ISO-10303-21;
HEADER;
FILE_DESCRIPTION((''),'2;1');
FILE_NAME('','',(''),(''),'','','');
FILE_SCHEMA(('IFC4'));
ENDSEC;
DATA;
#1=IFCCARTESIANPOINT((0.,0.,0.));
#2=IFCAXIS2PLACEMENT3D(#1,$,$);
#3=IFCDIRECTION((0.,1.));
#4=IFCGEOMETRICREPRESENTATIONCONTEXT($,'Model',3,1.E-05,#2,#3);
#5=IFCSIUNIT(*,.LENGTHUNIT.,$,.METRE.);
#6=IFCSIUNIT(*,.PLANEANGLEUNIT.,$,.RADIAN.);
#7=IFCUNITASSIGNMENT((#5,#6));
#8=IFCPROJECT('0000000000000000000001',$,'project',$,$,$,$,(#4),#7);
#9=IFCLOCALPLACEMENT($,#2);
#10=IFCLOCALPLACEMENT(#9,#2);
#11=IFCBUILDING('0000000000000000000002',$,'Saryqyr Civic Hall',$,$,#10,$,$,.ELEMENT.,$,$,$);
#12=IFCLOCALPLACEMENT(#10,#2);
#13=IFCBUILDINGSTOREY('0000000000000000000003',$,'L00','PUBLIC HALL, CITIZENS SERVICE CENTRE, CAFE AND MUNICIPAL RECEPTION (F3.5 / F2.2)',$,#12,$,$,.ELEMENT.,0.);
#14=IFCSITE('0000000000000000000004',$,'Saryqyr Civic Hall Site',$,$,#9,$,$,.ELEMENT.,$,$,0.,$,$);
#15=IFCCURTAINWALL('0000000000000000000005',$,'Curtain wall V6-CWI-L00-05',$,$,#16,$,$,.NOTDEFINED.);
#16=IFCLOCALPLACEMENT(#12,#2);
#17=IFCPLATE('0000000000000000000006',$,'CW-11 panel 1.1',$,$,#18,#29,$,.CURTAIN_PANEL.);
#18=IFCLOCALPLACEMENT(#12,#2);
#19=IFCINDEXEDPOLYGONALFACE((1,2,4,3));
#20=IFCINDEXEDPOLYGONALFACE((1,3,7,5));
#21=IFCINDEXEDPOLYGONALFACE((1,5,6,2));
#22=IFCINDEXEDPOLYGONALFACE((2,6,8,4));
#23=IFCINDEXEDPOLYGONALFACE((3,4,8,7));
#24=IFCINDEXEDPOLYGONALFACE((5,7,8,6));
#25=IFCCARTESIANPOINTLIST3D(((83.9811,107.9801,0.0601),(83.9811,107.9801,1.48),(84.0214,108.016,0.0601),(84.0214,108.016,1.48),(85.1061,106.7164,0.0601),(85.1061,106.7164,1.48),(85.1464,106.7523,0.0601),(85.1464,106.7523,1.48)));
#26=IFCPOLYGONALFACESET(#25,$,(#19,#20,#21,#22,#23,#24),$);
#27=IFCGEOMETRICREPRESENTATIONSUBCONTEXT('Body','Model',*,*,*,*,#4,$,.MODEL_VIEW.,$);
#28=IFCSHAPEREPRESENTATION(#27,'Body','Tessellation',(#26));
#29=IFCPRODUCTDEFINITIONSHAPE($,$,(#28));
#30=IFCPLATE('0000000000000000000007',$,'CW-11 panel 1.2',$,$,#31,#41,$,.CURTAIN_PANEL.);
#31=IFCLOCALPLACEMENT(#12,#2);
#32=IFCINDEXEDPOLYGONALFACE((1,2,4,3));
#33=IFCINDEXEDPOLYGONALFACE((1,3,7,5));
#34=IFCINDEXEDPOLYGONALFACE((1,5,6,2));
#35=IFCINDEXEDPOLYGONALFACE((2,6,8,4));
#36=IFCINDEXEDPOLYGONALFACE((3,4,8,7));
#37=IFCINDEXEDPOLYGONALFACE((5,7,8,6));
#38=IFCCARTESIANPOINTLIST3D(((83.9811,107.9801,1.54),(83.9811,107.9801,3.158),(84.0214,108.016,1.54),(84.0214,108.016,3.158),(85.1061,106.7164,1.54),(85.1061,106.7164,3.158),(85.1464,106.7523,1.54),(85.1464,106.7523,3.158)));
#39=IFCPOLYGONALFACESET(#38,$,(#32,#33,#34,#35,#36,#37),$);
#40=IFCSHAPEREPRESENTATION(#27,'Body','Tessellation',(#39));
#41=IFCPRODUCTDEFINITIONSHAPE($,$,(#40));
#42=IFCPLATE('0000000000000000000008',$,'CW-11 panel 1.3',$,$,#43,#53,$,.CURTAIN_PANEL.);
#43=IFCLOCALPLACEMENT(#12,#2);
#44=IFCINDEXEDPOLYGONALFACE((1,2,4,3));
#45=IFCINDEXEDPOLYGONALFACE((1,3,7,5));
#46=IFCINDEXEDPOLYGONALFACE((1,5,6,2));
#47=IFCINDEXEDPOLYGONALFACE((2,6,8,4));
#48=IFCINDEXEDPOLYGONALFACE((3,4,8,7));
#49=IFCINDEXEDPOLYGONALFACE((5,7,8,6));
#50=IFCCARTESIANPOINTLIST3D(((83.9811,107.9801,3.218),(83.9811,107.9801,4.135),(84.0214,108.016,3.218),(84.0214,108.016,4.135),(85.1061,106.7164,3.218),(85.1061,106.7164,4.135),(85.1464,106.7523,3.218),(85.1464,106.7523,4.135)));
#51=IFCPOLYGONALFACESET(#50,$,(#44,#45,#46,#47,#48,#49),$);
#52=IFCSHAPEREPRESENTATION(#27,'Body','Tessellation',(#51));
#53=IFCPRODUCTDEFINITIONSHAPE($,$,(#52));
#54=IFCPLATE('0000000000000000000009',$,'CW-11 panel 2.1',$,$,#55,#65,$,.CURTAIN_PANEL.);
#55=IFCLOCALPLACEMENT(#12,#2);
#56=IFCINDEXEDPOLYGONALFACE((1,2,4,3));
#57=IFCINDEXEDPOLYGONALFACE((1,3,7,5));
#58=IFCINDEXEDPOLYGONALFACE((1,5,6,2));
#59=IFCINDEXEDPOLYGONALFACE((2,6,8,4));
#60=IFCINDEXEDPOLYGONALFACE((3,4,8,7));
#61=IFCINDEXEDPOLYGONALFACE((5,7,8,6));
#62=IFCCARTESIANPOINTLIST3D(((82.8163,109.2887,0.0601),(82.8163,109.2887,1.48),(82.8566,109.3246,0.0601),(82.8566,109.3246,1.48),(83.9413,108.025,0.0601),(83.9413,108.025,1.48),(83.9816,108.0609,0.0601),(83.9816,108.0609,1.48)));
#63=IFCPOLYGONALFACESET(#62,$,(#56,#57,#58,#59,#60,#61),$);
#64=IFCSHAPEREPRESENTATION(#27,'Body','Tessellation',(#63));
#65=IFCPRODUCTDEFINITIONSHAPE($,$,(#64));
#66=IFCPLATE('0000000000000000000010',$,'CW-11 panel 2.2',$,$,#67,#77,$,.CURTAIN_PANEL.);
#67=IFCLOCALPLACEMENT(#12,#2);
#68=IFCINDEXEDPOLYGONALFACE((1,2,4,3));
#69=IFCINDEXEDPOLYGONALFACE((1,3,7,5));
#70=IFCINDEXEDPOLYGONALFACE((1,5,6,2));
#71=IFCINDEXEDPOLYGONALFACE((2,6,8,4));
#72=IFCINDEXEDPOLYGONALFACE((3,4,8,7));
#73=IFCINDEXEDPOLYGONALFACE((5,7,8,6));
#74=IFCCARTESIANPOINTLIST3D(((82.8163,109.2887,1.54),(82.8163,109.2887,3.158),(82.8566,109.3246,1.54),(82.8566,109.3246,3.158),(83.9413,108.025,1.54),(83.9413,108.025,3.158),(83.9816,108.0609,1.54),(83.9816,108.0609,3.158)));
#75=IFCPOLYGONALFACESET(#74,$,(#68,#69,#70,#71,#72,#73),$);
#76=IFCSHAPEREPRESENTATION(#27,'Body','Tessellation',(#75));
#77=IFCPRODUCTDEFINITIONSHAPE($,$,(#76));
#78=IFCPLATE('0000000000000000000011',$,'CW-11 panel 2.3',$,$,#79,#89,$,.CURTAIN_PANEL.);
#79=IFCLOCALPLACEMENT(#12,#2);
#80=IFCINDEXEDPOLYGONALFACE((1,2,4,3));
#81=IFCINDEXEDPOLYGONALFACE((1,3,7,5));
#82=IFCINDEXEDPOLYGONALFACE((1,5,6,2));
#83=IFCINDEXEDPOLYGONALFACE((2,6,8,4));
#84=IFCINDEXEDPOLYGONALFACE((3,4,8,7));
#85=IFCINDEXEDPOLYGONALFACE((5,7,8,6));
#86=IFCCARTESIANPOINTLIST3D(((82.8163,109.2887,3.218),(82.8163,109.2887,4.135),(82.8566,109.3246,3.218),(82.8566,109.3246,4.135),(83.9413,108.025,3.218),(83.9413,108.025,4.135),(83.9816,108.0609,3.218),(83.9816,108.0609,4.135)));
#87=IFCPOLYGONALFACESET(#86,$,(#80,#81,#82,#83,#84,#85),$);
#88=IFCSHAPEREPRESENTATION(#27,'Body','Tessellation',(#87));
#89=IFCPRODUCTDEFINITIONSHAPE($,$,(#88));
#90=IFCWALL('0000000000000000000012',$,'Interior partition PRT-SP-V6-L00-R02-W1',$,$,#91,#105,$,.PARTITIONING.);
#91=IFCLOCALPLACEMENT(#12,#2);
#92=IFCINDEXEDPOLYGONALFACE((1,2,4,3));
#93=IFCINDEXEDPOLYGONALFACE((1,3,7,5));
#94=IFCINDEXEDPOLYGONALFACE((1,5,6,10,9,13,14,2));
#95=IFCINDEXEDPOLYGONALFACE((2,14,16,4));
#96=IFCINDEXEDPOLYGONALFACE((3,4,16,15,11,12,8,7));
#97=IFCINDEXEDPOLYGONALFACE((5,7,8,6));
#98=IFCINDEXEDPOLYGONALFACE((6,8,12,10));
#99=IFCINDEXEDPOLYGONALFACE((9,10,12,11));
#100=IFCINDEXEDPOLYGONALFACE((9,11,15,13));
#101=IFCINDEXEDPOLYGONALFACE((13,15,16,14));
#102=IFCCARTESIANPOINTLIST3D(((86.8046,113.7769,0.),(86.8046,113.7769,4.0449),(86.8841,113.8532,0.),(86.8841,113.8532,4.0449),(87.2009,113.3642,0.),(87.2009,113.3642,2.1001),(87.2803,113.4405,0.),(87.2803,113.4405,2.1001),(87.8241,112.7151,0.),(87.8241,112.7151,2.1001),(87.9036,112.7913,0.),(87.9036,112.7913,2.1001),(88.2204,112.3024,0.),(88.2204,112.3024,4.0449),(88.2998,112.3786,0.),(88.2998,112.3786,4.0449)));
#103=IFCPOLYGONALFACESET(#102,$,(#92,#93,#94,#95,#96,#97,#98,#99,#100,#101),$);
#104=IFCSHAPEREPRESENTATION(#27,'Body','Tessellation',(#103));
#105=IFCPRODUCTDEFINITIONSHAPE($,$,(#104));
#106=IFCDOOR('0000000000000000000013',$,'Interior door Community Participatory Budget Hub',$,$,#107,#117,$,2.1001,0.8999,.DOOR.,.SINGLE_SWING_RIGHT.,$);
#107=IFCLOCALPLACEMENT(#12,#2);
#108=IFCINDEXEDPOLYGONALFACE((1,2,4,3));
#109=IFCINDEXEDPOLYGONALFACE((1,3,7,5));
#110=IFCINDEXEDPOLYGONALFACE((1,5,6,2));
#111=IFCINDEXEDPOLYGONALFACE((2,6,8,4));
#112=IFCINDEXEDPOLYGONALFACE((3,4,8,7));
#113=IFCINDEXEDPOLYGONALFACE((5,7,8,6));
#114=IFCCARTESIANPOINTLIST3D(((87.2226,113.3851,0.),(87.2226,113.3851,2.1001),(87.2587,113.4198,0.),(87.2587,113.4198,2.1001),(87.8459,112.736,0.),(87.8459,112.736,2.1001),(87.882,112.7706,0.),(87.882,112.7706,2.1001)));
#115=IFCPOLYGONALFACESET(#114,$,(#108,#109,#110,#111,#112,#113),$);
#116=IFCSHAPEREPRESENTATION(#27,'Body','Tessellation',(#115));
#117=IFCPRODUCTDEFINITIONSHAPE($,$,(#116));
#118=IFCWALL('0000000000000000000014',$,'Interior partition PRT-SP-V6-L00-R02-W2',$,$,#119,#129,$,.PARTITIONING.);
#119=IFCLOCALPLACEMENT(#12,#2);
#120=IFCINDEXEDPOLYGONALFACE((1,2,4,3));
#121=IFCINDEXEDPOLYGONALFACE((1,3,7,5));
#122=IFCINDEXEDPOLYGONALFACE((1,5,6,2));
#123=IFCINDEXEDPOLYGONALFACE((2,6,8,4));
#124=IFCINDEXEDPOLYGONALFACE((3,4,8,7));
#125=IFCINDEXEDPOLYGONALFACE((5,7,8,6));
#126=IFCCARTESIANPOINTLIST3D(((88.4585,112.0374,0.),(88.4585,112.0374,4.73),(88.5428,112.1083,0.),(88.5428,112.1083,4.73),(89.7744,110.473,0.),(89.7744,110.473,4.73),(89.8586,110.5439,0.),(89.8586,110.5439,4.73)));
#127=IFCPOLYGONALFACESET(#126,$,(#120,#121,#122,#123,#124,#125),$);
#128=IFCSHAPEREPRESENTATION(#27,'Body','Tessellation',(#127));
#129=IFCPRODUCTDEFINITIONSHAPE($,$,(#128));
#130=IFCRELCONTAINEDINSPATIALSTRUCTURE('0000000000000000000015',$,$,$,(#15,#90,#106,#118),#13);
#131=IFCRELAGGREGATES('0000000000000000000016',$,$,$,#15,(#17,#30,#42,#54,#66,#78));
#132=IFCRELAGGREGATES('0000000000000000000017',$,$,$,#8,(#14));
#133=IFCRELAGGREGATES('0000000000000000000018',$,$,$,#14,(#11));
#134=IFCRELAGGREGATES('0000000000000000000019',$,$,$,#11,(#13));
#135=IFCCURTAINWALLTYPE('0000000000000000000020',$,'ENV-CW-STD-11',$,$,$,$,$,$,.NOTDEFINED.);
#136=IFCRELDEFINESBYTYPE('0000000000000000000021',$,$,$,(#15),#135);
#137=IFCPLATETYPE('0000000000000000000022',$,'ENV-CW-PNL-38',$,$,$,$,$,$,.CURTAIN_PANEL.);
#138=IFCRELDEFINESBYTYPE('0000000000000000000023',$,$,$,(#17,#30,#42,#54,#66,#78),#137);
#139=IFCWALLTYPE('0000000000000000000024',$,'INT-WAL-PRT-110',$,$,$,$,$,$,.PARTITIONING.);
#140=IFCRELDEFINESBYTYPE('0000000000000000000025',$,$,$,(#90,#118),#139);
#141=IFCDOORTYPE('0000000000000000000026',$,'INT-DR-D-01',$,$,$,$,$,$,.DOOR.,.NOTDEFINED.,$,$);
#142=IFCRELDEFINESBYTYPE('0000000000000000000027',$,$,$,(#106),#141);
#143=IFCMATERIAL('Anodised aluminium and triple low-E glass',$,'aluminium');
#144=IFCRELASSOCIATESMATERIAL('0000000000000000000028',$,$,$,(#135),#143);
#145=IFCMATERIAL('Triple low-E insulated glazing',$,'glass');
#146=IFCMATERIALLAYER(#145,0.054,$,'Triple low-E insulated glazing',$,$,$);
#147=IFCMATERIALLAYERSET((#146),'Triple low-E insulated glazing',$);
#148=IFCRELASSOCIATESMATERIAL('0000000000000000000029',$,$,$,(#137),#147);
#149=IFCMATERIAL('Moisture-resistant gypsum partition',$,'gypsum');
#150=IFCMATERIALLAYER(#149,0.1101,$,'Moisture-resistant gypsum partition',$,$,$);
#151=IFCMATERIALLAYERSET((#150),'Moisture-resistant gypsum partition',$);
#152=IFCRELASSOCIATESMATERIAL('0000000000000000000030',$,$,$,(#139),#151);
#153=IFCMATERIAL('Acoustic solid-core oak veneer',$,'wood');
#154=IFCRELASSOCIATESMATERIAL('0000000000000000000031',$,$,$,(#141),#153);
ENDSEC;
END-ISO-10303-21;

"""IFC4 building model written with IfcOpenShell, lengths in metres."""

from ifc_helpers import new_model, si_unit, direction, frame, frame_2d, origin, origin_2d, place, context, subcontext, project, spatial, rectangle, extrude, material, layer, layer_set, type_object, element, fill, aggregate, save


model = new_model("IFC4")

# Units and contexts
model_context = context("Model", 3, precision=1e-05, world=origin(), true_north=direction((0.0, 1.0)))
body_context = subcontext(model_context, "Body", "Model", "MODEL_VIEW")
ifc_project = project(units=[si_unit("LENGTHUNIT", "METRE"), si_unit("PLANEANGLEUNIT", "RADIAN")], contexts=[model_context])

# Site, building, storey
site_placement = place(None, origin())
site = spatial("IfcSite", under=ifc_project, at=site_placement, Name="Saryqyr Civic Hall Site", CompositionType="ELEMENT", RefElevation=0.0)
building_placement = place(site_placement, origin())
building = spatial("IfcBuilding", under=site, at=building_placement, Name="Saryqyr Civic Hall", CompositionType="ELEMENT")
storey_placement = place(building_placement, origin())
storey = spatial("IfcBuildingStorey", under=building, at=storey_placement, Name="L00", Description="PUBLIC HALL, CITIZENS SERVICE CENTRE, CAFE AND MUNICIPAL RECEPTION (F3.5 / F2.2)", CompositionType="ELEMENT", Elevation=0.0)

# Curtain wall
ifc_material_1 = material(Name="Anodised aluminium and triple low-E glass", Category="aluminium")
curtain_wall_type = type_object("IfcCurtainWallType", Name="ENV-CW-STD-11", PredefinedType="NOTDEFINED", material=ifc_material_1)
curtain_wall_1_placement = place(storey_placement, origin())
curtain_wall_1 = element("IfcCurtainWall", 1, at=curtain_wall_1_placement, inside=storey, type_object=curtain_wall_type, Name="Curtain wall V6-CWI-L00-05", PredefinedType="NOTDEFINED")

# Plates
ifc_material_2 = material(Name="Triple low-E insulated glazing", Category="glass")
ifc_layer_1 = layer(ifc_material_2, 0.054, Name="Triple low-E insulated glazing")
ifc_layer_set_1 = layer_set([ifc_layer_1], Name="Triple low-E insulated glazing")
plate_type = type_object("IfcPlateType", Name="ENV-CW-PNL-38", PredefinedType="CURTAIN_PANEL", material=ifc_layer_set_1)
plate_1_placement = place(storey_placement, frame((84.5637, 107.3662, 0.0601), z_axis=(0.0, 0.0, 1.0), x_axis=(-0.664924, 0.746911, 0.0)))
plate_1 = element("IfcPlate", 2, at=plate_1_placement, type_object=plate_type, Name="CW-11 panel 1.1", PredefinedType="CURTAIN_PANEL", context=body_context, shape_type="SweptSolid", body=[
    extrude(rectangle(XDim=1.6919, YDim=0.054, at=origin_2d()), origin(), (0.0, 0.0, 1.0), 1.4199),
])
plate_2_placement = place(storey_placement, frame((84.5637, 107.3662, 1.54), z_axis=(0.0, 0.0, 1.0), x_axis=(-0.664924, 0.746911, 0.0)))
plate_2 = element("IfcPlate", 3, at=plate_2_placement, type_object=plate_type, Name="CW-11 panel 1.2", PredefinedType="CURTAIN_PANEL", context=body_context, shape_type="SweptSolid", body=[
    extrude(rectangle(XDim=1.6919, YDim=0.054, at=origin_2d()), origin(), (0.0, 0.0, 1.0), 1.6179),
])
plate_3_placement = place(storey_placement, frame((84.5637, 107.3662, 3.218), z_axis=(0.0, 0.0, 1.0), x_axis=(-0.664924, 0.746911, 0.0)))
plate_3 = element("IfcPlate", 4, at=plate_3_placement, type_object=plate_type, Name="CW-11 panel 1.3", PredefinedType="CURTAIN_PANEL", context=body_context, shape_type="SweptSolid", body=[
    extrude(rectangle(XDim=1.6919, YDim=0.054, at=origin_2d()), origin(), (0.0, 0.0, 1.0), 0.917),
])
plate_4_placement = place(storey_placement, frame((83.3989, 108.6748, 0.0601), z_axis=(0.0, 0.0, 1.0), x_axis=(-0.664924, 0.746911, 0.0)))
plate_4 = element("IfcPlate", 5, at=plate_4_placement, type_object=plate_type, Name="CW-11 panel 2.1", PredefinedType="CURTAIN_PANEL", context=body_context, shape_type="SweptSolid", body=[
    extrude(rectangle(XDim=1.6919, YDim=0.054, at=origin_2d()), origin(), (0.0, 0.0, 1.0), 1.4199),
])
plate_5_placement = place(storey_placement, frame((83.3989, 108.6748, 1.54), z_axis=(0.0, 0.0, 1.0), x_axis=(-0.664924, 0.746911, 0.0)))
plate_5 = element("IfcPlate", 6, at=plate_5_placement, type_object=plate_type, Name="CW-11 panel 2.2", PredefinedType="CURTAIN_PANEL", context=body_context, shape_type="SweptSolid", body=[
    extrude(rectangle(XDim=1.6919, YDim=0.054, at=origin_2d()), origin(), (0.0, 0.0, 1.0), 1.6179),
])
plate_6_placement = place(storey_placement, frame((83.3989, 108.6748, 3.218), z_axis=(0.0, 0.0, 1.0), x_axis=(-0.664924, 0.746911, 0.0)))
plate_6 = element("IfcPlate", 7, at=plate_6_placement, type_object=plate_type, Name="CW-11 panel 2.3", PredefinedType="CURTAIN_PANEL", context=body_context, shape_type="SweptSolid", body=[
    extrude(rectangle(XDim=1.6919, YDim=0.054, at=origin_2d()), origin(), (0.0, 0.0, 1.0), 0.917),
])
aggregate(curtain_wall_1, [plate_1, plate_2, plate_3, plate_4, plate_5, plate_6])

# Wall, opening, door
ifc_material_3 = material(Name="Moisture-resistant gypsum partition", Category="gypsum")
ifc_layer_2 = layer(ifc_material_3, 0.1101, Name="Moisture-resistant gypsum partition")
ifc_layer_set_2 = layer_set([ifc_layer_2], Name="Moisture-resistant gypsum partition")
wall_type = type_object("IfcWallType", Name="INT-WAL-PRT-110", PredefinedType="PARTITIONING", material=ifc_layer_set_2)
wall_1_placement = place(storey_placement, frame((88.26, 112.3406, 0.0), z_axis=(0.0, 0.0, 1.0), x_axis=(-0.692569, 0.721352, 0.0)))
wall_1 = element("IfcWall", 8, at=wall_1_placement, inside=storey, type_object=wall_type, Name="Interior partition PRT-SP-V6-L00-R02-W1", PredefinedType="PARTITIONING", context=body_context, shape_type="SweptSolid", body=[
    extrude(rectangle(XDim=2.0442, YDim=0.1101, at=frame_2d((1.022, 0.0))), origin(), (0.0, 0.0, 1.0), 4.0449),
])
opening_placement = place(wall_1_placement, frame((0.572, 0.0, 0.0)))
opening = element("IfcOpeningElement", 9, at=opening_placement, cuts=wall_1, PredefinedType="OPENING", context=body_context, shape_type="SweptSolid", body=[
    extrude(rectangle(XDim=0.8999, YDim=2.1001, at=frame_2d((0.45, 1.05))), frame((0.0, 0.0649, 0.0), z_axis=(0.0, -1.0, 0.0), x_axis=(1.0, 0.0, 0.0)), (0.0, 0.0, 1.0), 0.1301),
])
ifc_material_4 = material(Name="Acoustic solid-core oak veneer", Category="wood")
door_type = type_object("IfcDoorType", Name="INT-DR-D-01", OperationType="NOTDEFINED", PredefinedType="DOOR", material=ifc_material_4)
door_placement = place(opening_placement, origin())
door = element("IfcDoor", 10, at=door_placement, inside=storey, type_object=door_type, Name="Interior door Community Participatory Budget Hub", OperationType="SINGLE_SWING_RIGHT", OverallHeight=2.1001, OverallWidth=0.8999, PredefinedType="DOOR", context=body_context, shape_type="SweptSolid", body=[
    extrude(rectangle(XDim=0.8999, YDim=2.1001, at=frame_2d((0.45, 1.05))), frame((0.0, 0.0249, 0.0), z_axis=(0.0, -1.0, 0.0), x_axis=(1.0, 0.0, 0.0)), (0.0, 0.0, 1.0), 0.05),
])
fill(opening, door)

# Wall
wall_2_placement = place(storey_placement, frame((89.8164, 110.5085, 0.0), z_axis=(0.0, 0.0, 1.0), x_axis=(-0.643702, 0.765277, 0.0)))
element("IfcWall", 11, at=wall_2_placement, inside=storey, type_object=wall_type, Name="Interior partition PRT-SP-V6-L00-R02-W2", PredefinedType="PARTITIONING", context=body_context, shape_type="SweptSolid", body=[
    extrude(rectangle(XDim=2.0442, YDim=0.1101, at=frame_2d((1.022, 0.0))), origin(), (0.0, 0.0, 1.0), 4.73),
])

save(model, "model.ifc")
